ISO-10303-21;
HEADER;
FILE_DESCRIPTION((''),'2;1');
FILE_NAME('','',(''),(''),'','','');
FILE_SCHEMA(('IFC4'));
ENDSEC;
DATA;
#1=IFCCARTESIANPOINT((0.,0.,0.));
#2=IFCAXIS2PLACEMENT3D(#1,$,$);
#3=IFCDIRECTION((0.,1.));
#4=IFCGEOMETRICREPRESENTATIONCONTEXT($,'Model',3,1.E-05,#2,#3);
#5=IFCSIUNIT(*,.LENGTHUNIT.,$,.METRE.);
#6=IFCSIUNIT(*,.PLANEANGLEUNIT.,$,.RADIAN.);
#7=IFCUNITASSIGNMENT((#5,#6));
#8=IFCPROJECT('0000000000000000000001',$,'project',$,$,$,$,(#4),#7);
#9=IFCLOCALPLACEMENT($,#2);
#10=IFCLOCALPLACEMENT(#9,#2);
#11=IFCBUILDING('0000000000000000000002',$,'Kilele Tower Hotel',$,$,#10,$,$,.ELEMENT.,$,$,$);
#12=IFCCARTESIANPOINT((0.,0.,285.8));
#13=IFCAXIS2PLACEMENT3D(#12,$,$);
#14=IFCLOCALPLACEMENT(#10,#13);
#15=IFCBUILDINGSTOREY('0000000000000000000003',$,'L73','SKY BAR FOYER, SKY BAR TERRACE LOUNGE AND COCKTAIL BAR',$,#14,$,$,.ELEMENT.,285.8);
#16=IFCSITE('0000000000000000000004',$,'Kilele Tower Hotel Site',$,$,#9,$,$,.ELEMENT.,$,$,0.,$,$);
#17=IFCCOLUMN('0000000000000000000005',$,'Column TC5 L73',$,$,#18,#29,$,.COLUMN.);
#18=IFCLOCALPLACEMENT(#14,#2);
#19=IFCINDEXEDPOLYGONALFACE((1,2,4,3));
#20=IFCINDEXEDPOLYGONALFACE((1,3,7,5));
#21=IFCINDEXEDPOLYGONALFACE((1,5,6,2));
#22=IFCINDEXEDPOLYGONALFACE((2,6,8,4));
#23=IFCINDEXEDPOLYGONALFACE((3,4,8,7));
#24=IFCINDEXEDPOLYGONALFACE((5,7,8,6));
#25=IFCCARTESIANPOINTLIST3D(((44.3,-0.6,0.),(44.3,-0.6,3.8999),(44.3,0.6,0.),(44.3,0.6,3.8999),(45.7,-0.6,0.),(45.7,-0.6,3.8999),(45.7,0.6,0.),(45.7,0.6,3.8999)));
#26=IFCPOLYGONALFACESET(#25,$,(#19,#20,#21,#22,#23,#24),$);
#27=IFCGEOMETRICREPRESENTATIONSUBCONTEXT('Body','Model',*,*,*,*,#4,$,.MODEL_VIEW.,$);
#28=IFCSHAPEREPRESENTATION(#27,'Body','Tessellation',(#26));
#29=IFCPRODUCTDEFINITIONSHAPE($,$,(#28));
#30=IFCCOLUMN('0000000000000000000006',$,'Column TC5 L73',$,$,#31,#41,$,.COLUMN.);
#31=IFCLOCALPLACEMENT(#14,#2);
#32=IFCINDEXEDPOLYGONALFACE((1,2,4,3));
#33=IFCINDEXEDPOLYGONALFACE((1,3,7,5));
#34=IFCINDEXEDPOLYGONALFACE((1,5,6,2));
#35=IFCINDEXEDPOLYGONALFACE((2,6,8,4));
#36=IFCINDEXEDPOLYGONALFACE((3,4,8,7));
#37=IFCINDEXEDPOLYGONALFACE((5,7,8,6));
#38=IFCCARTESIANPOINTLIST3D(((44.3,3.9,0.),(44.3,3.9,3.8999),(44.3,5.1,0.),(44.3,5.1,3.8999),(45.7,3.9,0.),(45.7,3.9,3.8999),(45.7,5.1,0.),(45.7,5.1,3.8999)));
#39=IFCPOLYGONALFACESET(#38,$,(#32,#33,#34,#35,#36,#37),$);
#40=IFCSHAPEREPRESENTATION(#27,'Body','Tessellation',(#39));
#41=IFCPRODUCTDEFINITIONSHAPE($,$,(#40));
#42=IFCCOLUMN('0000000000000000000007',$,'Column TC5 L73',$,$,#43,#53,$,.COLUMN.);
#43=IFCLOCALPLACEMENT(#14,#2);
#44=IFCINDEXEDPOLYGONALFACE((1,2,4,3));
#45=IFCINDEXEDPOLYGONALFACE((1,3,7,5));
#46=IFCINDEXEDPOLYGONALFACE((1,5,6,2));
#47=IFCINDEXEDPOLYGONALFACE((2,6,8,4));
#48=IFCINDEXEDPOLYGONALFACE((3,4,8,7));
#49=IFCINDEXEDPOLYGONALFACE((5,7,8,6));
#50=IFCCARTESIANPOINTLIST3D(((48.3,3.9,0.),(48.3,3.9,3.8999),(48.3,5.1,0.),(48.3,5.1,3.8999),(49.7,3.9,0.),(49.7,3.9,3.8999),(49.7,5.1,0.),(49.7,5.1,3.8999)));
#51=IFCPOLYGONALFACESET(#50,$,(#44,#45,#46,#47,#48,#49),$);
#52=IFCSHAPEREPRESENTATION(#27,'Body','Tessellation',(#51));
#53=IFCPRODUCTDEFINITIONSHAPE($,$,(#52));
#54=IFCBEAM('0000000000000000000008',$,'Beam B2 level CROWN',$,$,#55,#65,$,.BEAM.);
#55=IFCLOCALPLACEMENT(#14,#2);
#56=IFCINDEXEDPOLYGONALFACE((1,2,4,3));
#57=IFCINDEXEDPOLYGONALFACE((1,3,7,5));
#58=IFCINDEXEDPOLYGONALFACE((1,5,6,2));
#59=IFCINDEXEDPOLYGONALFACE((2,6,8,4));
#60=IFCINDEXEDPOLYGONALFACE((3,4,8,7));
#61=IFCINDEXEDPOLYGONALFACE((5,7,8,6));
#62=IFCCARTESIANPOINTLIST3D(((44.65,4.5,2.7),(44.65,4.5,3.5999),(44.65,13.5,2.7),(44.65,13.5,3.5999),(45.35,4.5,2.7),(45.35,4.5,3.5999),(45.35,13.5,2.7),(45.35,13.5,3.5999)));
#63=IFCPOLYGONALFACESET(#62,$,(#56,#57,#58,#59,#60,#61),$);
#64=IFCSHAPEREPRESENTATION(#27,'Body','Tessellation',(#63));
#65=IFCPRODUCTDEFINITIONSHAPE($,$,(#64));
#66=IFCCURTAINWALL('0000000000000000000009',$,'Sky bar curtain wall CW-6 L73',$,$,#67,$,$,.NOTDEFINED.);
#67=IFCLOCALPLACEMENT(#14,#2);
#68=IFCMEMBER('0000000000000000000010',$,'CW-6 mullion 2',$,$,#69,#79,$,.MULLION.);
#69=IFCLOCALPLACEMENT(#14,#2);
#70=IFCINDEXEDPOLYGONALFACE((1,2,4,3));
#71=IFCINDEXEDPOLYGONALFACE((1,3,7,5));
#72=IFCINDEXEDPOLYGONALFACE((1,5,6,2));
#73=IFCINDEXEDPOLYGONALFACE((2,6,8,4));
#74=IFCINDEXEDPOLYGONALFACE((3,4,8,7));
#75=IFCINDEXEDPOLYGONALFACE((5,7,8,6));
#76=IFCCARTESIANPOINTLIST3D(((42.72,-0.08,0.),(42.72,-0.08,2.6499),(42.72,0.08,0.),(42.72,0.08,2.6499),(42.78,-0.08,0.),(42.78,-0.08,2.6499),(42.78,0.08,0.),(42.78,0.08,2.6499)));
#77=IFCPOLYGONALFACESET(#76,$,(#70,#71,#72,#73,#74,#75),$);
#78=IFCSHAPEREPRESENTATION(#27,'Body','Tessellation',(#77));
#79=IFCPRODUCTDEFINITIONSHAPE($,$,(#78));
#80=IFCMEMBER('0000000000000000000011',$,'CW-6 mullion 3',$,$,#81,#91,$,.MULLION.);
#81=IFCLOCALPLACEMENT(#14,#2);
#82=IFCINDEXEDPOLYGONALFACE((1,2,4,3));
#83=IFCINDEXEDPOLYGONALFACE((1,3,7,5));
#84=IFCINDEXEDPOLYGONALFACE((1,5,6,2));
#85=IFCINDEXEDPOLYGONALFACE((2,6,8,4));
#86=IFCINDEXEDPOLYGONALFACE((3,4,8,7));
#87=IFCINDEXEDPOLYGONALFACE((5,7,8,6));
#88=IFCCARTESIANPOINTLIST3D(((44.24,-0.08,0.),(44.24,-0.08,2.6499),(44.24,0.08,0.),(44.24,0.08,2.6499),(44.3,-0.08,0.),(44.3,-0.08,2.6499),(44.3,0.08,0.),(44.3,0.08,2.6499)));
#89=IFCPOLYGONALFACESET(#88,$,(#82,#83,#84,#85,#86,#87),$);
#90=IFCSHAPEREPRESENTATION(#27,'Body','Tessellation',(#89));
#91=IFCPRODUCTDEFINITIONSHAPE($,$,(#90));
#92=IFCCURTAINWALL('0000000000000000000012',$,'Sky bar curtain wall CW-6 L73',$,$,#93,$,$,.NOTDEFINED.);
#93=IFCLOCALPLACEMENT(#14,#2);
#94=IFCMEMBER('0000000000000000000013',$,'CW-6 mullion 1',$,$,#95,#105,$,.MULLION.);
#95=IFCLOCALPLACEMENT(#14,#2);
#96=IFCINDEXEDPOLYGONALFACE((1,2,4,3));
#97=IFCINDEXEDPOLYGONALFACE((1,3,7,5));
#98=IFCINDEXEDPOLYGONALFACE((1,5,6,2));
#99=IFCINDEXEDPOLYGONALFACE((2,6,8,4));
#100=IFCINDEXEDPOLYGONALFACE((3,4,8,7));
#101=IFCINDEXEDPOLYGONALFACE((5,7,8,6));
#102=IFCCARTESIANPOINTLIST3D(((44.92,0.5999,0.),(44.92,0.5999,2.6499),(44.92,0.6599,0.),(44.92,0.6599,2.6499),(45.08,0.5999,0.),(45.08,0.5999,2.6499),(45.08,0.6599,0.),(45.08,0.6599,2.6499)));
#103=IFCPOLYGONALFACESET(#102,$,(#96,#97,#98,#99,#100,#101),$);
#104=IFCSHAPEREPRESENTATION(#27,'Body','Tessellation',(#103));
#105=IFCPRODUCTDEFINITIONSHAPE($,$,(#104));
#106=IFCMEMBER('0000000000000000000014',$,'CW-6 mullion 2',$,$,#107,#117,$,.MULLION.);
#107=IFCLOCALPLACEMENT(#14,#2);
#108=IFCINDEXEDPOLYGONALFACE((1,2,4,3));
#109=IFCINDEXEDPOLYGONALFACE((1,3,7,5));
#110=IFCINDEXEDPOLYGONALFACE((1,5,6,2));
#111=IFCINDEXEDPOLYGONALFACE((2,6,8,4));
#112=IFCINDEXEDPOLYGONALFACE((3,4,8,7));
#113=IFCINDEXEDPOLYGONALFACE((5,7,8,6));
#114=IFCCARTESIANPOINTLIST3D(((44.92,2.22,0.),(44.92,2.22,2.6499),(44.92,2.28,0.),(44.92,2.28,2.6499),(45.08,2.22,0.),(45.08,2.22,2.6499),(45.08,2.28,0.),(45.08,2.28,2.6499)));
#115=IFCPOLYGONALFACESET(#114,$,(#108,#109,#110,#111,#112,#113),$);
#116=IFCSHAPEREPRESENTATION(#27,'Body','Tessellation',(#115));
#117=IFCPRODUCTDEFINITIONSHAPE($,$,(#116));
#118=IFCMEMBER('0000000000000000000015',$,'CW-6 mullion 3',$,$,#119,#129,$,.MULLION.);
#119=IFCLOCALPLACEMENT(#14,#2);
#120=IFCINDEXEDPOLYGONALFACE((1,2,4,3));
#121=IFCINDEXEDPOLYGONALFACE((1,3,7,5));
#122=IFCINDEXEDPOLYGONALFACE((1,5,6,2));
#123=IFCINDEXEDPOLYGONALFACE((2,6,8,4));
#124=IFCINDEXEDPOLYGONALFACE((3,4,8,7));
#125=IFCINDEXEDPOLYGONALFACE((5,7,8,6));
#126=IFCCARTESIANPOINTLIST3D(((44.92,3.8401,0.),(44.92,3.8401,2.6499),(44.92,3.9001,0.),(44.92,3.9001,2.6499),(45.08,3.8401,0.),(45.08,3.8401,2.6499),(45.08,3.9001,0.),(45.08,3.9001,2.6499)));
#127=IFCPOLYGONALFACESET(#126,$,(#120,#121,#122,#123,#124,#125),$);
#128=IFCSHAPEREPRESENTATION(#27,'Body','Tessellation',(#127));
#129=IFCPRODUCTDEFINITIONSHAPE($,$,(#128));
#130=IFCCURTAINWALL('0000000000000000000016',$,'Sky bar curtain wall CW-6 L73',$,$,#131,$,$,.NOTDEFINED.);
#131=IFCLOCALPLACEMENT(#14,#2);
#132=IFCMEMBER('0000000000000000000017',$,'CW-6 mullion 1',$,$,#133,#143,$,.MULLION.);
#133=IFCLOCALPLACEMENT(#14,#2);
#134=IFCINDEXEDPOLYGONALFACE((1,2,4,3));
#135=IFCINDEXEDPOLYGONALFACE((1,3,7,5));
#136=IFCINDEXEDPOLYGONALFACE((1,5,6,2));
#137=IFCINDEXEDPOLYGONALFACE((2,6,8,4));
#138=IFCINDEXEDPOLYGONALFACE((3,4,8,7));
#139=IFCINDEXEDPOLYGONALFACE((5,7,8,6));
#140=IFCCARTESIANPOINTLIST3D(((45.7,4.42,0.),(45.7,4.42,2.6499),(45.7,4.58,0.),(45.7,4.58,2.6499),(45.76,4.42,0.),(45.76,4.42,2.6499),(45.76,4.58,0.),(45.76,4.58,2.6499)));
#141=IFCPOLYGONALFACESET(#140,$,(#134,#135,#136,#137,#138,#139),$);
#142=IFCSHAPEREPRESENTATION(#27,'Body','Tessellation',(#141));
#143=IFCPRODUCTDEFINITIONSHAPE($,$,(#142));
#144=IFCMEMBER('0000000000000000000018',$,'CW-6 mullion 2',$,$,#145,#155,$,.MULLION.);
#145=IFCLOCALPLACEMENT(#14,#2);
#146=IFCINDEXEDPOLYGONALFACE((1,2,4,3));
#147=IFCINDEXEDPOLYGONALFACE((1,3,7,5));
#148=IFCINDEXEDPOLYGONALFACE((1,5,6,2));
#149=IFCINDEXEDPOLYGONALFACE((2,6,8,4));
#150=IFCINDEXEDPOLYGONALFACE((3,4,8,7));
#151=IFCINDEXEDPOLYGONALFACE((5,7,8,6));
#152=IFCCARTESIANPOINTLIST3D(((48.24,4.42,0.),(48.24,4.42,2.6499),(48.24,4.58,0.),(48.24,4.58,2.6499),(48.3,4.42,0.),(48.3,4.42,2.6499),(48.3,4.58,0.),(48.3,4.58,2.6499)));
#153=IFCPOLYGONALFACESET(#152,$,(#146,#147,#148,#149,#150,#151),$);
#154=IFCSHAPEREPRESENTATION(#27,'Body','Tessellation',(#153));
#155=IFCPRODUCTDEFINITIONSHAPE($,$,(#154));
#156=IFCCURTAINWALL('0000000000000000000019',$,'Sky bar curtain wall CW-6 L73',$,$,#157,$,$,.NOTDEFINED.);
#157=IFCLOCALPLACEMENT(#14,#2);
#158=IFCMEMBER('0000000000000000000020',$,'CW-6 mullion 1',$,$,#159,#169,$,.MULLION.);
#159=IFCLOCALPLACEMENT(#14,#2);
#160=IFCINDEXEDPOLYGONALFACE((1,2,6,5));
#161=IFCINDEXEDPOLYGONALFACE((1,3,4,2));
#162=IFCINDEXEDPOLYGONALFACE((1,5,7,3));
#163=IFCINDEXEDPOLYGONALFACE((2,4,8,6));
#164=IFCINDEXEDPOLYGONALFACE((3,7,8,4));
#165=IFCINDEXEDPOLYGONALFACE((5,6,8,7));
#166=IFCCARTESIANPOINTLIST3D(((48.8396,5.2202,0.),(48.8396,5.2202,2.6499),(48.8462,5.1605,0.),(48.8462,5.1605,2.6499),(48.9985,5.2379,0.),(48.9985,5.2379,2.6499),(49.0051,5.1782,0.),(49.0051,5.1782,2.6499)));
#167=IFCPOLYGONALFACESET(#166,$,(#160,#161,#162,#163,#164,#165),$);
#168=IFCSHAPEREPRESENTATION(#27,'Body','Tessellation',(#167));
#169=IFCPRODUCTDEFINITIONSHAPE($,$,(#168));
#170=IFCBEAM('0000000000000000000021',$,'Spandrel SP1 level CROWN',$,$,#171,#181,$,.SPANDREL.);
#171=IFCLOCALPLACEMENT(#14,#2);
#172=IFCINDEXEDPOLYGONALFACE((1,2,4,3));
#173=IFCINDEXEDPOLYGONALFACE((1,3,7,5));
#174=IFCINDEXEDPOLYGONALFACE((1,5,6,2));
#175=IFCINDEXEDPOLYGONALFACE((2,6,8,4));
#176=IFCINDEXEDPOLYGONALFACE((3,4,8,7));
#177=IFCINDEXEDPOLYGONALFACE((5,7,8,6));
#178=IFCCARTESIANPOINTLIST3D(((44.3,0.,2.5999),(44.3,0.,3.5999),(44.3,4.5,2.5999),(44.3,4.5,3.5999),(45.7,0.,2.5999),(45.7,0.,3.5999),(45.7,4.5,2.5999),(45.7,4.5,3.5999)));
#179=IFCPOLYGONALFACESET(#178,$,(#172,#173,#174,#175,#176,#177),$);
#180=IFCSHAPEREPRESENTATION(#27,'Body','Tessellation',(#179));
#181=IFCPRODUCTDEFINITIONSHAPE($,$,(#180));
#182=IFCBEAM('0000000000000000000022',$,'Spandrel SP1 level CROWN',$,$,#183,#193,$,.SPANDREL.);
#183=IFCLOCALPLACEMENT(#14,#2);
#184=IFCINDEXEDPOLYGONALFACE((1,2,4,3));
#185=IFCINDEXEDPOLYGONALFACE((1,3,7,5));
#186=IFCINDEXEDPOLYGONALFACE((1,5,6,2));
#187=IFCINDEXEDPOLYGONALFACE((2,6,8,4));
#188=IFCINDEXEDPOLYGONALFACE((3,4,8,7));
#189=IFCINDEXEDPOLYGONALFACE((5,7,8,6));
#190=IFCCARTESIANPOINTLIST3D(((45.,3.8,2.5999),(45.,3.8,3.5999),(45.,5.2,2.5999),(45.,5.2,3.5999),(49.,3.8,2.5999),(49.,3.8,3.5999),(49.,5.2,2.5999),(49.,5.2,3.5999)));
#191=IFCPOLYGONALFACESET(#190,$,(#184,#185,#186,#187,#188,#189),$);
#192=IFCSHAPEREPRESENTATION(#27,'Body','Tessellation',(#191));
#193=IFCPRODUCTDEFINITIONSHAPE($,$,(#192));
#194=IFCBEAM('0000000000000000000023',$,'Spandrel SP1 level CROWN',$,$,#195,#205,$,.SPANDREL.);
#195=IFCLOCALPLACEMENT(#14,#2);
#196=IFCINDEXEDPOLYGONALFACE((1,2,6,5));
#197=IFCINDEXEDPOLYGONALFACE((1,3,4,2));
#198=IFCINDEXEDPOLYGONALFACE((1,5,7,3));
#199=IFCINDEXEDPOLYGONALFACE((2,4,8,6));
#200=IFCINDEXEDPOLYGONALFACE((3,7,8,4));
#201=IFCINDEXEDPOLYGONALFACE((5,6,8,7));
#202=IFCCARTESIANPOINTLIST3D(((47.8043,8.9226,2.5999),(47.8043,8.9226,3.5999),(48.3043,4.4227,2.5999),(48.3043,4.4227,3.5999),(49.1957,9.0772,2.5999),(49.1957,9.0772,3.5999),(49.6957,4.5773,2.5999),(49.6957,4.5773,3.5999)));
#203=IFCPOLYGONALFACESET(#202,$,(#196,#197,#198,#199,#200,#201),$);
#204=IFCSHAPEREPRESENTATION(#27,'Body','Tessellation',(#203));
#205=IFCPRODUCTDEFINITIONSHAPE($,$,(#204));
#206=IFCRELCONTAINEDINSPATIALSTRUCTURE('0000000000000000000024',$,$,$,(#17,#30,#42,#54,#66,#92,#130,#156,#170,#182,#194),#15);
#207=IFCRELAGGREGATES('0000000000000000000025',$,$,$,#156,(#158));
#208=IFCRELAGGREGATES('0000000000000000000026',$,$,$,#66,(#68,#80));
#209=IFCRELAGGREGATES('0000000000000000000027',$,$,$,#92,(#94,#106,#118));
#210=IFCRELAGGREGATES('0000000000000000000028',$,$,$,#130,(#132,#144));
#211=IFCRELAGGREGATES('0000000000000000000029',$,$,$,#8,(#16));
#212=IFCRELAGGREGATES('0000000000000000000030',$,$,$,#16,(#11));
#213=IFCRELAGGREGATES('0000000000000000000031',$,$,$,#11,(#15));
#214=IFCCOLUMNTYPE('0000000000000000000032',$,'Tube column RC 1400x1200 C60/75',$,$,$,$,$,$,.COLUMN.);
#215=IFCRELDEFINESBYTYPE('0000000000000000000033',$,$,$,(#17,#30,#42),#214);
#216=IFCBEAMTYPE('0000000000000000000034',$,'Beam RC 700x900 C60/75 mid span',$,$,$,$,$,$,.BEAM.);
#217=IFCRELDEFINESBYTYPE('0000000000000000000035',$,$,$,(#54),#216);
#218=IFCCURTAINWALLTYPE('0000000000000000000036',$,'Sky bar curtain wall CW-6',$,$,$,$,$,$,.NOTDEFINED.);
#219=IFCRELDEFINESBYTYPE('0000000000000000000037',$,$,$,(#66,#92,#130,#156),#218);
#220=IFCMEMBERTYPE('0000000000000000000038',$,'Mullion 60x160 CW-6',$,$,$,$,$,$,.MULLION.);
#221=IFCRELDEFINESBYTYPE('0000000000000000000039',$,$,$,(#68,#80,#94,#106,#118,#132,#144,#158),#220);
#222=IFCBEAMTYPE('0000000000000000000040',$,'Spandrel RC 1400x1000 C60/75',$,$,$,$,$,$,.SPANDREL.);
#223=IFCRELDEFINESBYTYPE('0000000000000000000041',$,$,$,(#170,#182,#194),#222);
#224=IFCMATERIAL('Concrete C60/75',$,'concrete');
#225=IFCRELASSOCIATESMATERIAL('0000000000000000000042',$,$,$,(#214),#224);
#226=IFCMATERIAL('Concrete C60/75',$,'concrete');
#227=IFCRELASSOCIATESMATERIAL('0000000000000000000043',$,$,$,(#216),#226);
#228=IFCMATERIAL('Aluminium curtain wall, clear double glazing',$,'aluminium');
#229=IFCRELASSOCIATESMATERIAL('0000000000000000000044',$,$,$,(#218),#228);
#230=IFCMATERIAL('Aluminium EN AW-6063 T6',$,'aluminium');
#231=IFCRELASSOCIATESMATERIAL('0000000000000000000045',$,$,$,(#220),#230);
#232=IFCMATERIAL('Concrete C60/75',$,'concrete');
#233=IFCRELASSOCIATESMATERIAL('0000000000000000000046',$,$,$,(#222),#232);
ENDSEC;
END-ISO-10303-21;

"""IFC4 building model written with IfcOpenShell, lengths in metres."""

from ifc_helpers import new_model, si_unit, direction, frame, origin, origin_2d, place, context, subcontext, project, spatial, rectangle, extrude, material, material_profile, profile_set, type_object, element, aggregate, save


model = new_model("IFC4")

# Units and contexts
model_context = context("Model", 3, precision=1e-05, world=origin(), true_north=direction((0.0, 1.0)))
body_context = subcontext(model_context, "Body", "Model", "MODEL_VIEW")
ifc_project = project(units=[si_unit("LENGTHUNIT", "METRE"), si_unit("PLANEANGLEUNIT", "RADIAN")], contexts=[model_context])

# Site, building, storey
site_placement = place(None, origin())
site = spatial("IfcSite", under=ifc_project, at=site_placement, Name="Kilele Tower Hotel Site", CompositionType="ELEMENT", RefElevation=0.0)
building_placement = place(site_placement, origin())
building = spatial("IfcBuilding", under=site, at=building_placement, Name="Kilele Tower Hotel", CompositionType="ELEMENT")
storey_placement = place(building_placement, frame((0.0, 0.0, 285.8)))
storey = spatial("IfcBuildingStorey", under=building, at=storey_placement, Name="L73", Description="SKY BAR FOYER, SKY BAR TERRACE LOUNGE AND COCKTAIL BAR", CompositionType="ELEMENT", Elevation=285.8)

# Columns
ifc_material_1 = material(Name="Concrete C60/75", Category="concrete")
ifc_material_profile_1 = material_profile(ifc_material_1, rectangle(XDim=1.3999, YDim=1.2, at=origin_2d()))
ifc_profile_set_1 = profile_set([ifc_material_profile_1], Name="Concrete C60/75")
column_type = type_object("IfcColumnType", Name="Tube column RC 1400x1200 C60/75", PredefinedType="COLUMN", material=ifc_profile_set_1)
for number, where, z_axis, x_axis, name in (
    (1, (45.0, 0.0, 0.0), (0.0, 0.0, 1.0), (1.0, 0.0, 0.0), "Column TC5 L73"),
    (2, (45.0, 4.5, 0.0), (0.0, 0.0, 1.0), (1.0, 0.0, 0.0), "Column TC5 L73"),
    (3, (49.0, 4.5, 0.0), (0.0, 0.0, 1.0), (1.0, 0.0, 0.0), "Column TC5 L73"),
):
    element("IfcColumn", number, at=place(storey_placement, frame(where, z_axis=z_axis, x_axis=x_axis)), inside=storey, type_object=column_type, Name=name, PredefinedType="COLUMN", context=body_context, shape_type="SweptSolid", body=[
        extrude(rectangle(XDim=1.3999, YDim=1.2, at=origin_2d()), origin(), (0.0, 0.0, 1.0), 3.8999),
    ])

# Beam
ifc_material_2 = material(Name="Concrete C60/75", Category="concrete")
ifc_material_profile_2 = material_profile(ifc_material_2, rectangle(XDim=0.7, YDim=0.8999, at=origin_2d()))
ifc_profile_set_2 = profile_set([ifc_material_profile_2], Name="Concrete C60/75")
beam_type_1 = type_object("IfcBeamType", Name="Beam RC 700x900 C60/75 mid span", PredefinedType="BEAM", material=ifc_profile_set_2)
beam_1_placement = place(storey_placement, frame((45.0, 4.5, 3.1499), z_axis=(0.0, 1.0, 0.0), x_axis=(-1.0, 0.0, 0.0)))
element("IfcBeam", 4, at=beam_1_placement, inside=storey, type_object=beam_type_1, Name="Beam B2 level CROWN", PredefinedType="BEAM", context=body_context, shape_type="SweptSolid", body=[
    extrude(rectangle(XDim=0.7, YDim=0.8999, at=origin_2d()), origin(), (0.0, 0.0, 1.0), 9.0),
])

# Curtain walls, members
ifc_material_3 = material(Name="Aluminium curtain wall, clear double glazing", Category="aluminium")
curtain_wall_type = type_object("IfcCurtainWallType", Name="Sky bar curtain wall CW-6", PredefinedType="NOTDEFINED", material=ifc_material_3)
curtain_wall_1_placement = place(storey_placement, origin())
curtain_wall_1 = element("IfcCurtainWall", 5, at=curtain_wall_1_placement, inside=storey, type_object=curtain_wall_type, Name="Sky bar curtain wall CW-6 L73", PredefinedType="NOTDEFINED")
ifc_material_4 = material(Name="Aluminium EN AW-6063 T6", Category="aluminium")
ifc_material_profile_3 = material_profile(ifc_material_4, rectangle(XDim=0.1599, YDim=0.0601, at=origin_2d()))
ifc_profile_set_3 = profile_set([ifc_material_profile_3], Name="Aluminium EN AW-6063 T6")
member_type_1 = type_object("IfcMemberType", Name="Mullion 60x160 CW-6", PredefinedType="MULLION", material=ifc_profile_set_3)
member_1_placement = place(storey_placement, frame((42.75, 0.0, 0.0), z_axis=(0.0, 0.0, 1.0), x_axis=(0.0, 1.0, 0.0)))
member_1 = element("IfcMember", 6, at=member_1_placement, type_object=member_type_1, Name="CW-6 mullion 2", PredefinedType="MULLION", context=body_context, shape_type="SweptSolid", body=[
    extrude(rectangle(XDim=0.1599, YDim=0.0601, at=origin_2d()), origin(), (0.0, 0.0, 1.0), 2.6499),
])
member_2_placement = place(storey_placement, frame((44.27, 0.0, 0.0), z_axis=(0.0, 0.0, 1.0), x_axis=(0.0, 1.0, 0.0)))
member_2 = element("IfcMember", 7, at=member_2_placement, type_object=member_type_1, Name="CW-6 mullion 3", PredefinedType="MULLION", context=body_context, shape_type="SweptSolid", body=[
    extrude(rectangle(XDim=0.1599, YDim=0.0601, at=origin_2d()), origin(), (0.0, 0.0, 1.0), 2.6499),
])
curtain_wall_2_placement = place(storey_placement, origin())
curtain_wall_2 = element("IfcCurtainWall", 8, at=curtain_wall_2_placement, inside=storey, type_object=curtain_wall_type, Name="Sky bar curtain wall CW-6 L73", PredefinedType="NOTDEFINED")
member_3_placement = place(storey_placement, frame((45.0, 0.6299, 0.0), z_axis=(0.0, 0.0, 1.0), x_axis=(-1.0, 0.0, 0.0)))
member_3 = element("IfcMember", 9, at=member_3_placement, type_object=member_type_1, Name="CW-6 mullion 1", PredefinedType="MULLION", context=body_context, shape_type="SweptSolid", body=[
    extrude(rectangle(XDim=0.1599, YDim=0.0601, at=origin_2d()), origin(), (0.0, 0.0, 1.0), 2.6499),
])
member_4_placement = place(storey_placement, frame((45.0, 2.25, 0.0), z_axis=(0.0, 0.0, 1.0), x_axis=(-1.0, 0.0, 0.0)))
member_4 = element("IfcMember", 10, at=member_4_placement, type_object=member_type_1, Name="CW-6 mullion 2", PredefinedType="MULLION", context=body_context, shape_type="SweptSolid", body=[
    extrude(rectangle(XDim=0.1599, YDim=0.0601, at=origin_2d()), origin(), (0.0, 0.0, 1.0), 2.6499),
])
member_5_placement = place(storey_placement, frame((45.0, 3.8701, 0.0), z_axis=(0.0, 0.0, 1.0), x_axis=(-1.0, 0.0, 0.0)))
member_5 = element("IfcMember", 11, at=member_5_placement, type_object=member_type_1, Name="CW-6 mullion 3", PredefinedType="MULLION", context=body_context, shape_type="SweptSolid", body=[
    extrude(rectangle(XDim=0.1599, YDim=0.0601, at=origin_2d()), origin(), (0.0, 0.0, 1.0), 2.6499),
])
curtain_wall_3_placement = place(storey_placement, origin())
curtain_wall_3 = element("IfcCurtainWall", 12, at=curtain_wall_3_placement, inside=storey, type_object=curtain_wall_type, Name="Sky bar curtain wall CW-6 L73", PredefinedType="NOTDEFINED")
member_6_placement = place(storey_placement, frame((45.73, 4.5, 0.0), z_axis=(0.0, 0.0, 1.0), x_axis=(0.0, 1.0, 0.0)))
member_6 = element("IfcMember", 13, at=member_6_placement, type_object=member_type_1, Name="CW-6 mullion 1", PredefinedType="MULLION", context=body_context, shape_type="SweptSolid", body=[
    extrude(rectangle(XDim=0.1599, YDim=0.0601, at=origin_2d()), origin(), (0.0, 0.0, 1.0), 2.6499),
])
member_7_placement = place(storey_placement, frame((48.27, 4.5, 0.0), z_axis=(0.0, 0.0, 1.0), x_axis=(0.0, 1.0, 0.0)))
member_7 = element("IfcMember", 14, at=member_7_placement, type_object=member_type_1, Name="CW-6 mullion 2", PredefinedType="MULLION", context=body_context, shape_type="SweptSolid", body=[
    extrude(rectangle(XDim=0.1599, YDim=0.0601, at=origin_2d()), origin(), (0.0, 0.0, 1.0), 2.6499),
])

# Curtain wall, member
curtain_wall_4_placement = place(storey_placement, origin())
curtain_wall_4 = element("IfcCurtainWall", 15, at=curtain_wall_4_placement, inside=storey, type_object=curtain_wall_type, Name="Sky bar curtain wall CW-6 L73", PredefinedType="NOTDEFINED")
member_8_placement = place(storey_placement, frame((48.9224, 5.1992, 0.0), z_axis=(0.0, 0.0, 1.0), x_axis=(-0.993884, -0.110432, 0.0)))
member_8 = element("IfcMember", 16, at=member_8_placement, type_object=member_type_1, Name="CW-6 mullion 1", PredefinedType="MULLION", context=body_context, shape_type="SweptSolid", body=[
    extrude(rectangle(XDim=0.1599, YDim=0.0601, at=origin_2d()), origin(), (0.0, 0.0, 1.0), 2.6499),
])

# Beams
ifc_material_5 = material(Name="Concrete C60/75", Category="concrete")
ifc_material_profile_4 = material_profile(ifc_material_5, rectangle(XDim=1.3999, YDim=1.0, at=origin_2d()))
ifc_profile_set_4 = profile_set([ifc_material_profile_4], Name="Concrete C60/75")
beam_type_2 = type_object("IfcBeamType", Name="Spandrel RC 1400x1000 C60/75", PredefinedType="SPANDREL", material=ifc_profile_set_4)
beam_2_placement = place(storey_placement, frame((45.0, 0.0, 3.0999), z_axis=(0.0, 1.0, 0.0), x_axis=(-1.0, 0.0, 0.0)))
element("IfcBeam", 17, at=beam_2_placement, inside=storey, type_object=beam_type_2, Name="Spandrel SP1 level CROWN", PredefinedType="SPANDREL", context=body_context, shape_type="SweptSolid", body=[
    extrude(rectangle(XDim=1.3999, YDim=1.0, at=origin_2d()), origin(), (0.0, 0.0, 1.0), 4.5),
])
beam_3_placement = place(storey_placement, frame((45.0, 4.5, 3.0999), z_axis=(1.0, 0.0, 0.0), x_axis=(0.0, 1.0, 0.0)))
element("IfcBeam", 18, at=beam_3_placement, inside=storey, type_object=beam_type_2, Name="Spandrel SP1 level CROWN", PredefinedType="SPANDREL", context=body_context, shape_type="SweptSolid", body=[
    extrude(rectangle(XDim=1.3999, YDim=1.0, at=origin_2d()), origin(), (0.0, 0.0, 1.0), 4.0),
])
beam_4_placement = place(storey_placement, frame((49.0, 4.5, 3.0999), z_axis=(-0.110432, 0.993884, 0.0), x_axis=(-0.993884, -0.110432, 0.0)))
element("IfcBeam", 19, at=beam_4_placement, inside=storey, type_object=beam_type_2, Name="Spandrel SP1 level CROWN", PredefinedType="SPANDREL", context=body_context, shape_type="SweptSolid", body=[
    extrude(rectangle(XDim=1.3999, YDim=1.0, at=origin_2d()), origin(), (0.0, 0.0, 1.0), 4.5276),
])

aggregate(curtain_wall_4, [member_8])

aggregate(curtain_wall_1, [member_1, member_2])
aggregate(curtain_wall_2, [member_3, member_4, member_5])
aggregate(curtain_wall_3, [member_6, member_7])

save(model, "model.ifc")
